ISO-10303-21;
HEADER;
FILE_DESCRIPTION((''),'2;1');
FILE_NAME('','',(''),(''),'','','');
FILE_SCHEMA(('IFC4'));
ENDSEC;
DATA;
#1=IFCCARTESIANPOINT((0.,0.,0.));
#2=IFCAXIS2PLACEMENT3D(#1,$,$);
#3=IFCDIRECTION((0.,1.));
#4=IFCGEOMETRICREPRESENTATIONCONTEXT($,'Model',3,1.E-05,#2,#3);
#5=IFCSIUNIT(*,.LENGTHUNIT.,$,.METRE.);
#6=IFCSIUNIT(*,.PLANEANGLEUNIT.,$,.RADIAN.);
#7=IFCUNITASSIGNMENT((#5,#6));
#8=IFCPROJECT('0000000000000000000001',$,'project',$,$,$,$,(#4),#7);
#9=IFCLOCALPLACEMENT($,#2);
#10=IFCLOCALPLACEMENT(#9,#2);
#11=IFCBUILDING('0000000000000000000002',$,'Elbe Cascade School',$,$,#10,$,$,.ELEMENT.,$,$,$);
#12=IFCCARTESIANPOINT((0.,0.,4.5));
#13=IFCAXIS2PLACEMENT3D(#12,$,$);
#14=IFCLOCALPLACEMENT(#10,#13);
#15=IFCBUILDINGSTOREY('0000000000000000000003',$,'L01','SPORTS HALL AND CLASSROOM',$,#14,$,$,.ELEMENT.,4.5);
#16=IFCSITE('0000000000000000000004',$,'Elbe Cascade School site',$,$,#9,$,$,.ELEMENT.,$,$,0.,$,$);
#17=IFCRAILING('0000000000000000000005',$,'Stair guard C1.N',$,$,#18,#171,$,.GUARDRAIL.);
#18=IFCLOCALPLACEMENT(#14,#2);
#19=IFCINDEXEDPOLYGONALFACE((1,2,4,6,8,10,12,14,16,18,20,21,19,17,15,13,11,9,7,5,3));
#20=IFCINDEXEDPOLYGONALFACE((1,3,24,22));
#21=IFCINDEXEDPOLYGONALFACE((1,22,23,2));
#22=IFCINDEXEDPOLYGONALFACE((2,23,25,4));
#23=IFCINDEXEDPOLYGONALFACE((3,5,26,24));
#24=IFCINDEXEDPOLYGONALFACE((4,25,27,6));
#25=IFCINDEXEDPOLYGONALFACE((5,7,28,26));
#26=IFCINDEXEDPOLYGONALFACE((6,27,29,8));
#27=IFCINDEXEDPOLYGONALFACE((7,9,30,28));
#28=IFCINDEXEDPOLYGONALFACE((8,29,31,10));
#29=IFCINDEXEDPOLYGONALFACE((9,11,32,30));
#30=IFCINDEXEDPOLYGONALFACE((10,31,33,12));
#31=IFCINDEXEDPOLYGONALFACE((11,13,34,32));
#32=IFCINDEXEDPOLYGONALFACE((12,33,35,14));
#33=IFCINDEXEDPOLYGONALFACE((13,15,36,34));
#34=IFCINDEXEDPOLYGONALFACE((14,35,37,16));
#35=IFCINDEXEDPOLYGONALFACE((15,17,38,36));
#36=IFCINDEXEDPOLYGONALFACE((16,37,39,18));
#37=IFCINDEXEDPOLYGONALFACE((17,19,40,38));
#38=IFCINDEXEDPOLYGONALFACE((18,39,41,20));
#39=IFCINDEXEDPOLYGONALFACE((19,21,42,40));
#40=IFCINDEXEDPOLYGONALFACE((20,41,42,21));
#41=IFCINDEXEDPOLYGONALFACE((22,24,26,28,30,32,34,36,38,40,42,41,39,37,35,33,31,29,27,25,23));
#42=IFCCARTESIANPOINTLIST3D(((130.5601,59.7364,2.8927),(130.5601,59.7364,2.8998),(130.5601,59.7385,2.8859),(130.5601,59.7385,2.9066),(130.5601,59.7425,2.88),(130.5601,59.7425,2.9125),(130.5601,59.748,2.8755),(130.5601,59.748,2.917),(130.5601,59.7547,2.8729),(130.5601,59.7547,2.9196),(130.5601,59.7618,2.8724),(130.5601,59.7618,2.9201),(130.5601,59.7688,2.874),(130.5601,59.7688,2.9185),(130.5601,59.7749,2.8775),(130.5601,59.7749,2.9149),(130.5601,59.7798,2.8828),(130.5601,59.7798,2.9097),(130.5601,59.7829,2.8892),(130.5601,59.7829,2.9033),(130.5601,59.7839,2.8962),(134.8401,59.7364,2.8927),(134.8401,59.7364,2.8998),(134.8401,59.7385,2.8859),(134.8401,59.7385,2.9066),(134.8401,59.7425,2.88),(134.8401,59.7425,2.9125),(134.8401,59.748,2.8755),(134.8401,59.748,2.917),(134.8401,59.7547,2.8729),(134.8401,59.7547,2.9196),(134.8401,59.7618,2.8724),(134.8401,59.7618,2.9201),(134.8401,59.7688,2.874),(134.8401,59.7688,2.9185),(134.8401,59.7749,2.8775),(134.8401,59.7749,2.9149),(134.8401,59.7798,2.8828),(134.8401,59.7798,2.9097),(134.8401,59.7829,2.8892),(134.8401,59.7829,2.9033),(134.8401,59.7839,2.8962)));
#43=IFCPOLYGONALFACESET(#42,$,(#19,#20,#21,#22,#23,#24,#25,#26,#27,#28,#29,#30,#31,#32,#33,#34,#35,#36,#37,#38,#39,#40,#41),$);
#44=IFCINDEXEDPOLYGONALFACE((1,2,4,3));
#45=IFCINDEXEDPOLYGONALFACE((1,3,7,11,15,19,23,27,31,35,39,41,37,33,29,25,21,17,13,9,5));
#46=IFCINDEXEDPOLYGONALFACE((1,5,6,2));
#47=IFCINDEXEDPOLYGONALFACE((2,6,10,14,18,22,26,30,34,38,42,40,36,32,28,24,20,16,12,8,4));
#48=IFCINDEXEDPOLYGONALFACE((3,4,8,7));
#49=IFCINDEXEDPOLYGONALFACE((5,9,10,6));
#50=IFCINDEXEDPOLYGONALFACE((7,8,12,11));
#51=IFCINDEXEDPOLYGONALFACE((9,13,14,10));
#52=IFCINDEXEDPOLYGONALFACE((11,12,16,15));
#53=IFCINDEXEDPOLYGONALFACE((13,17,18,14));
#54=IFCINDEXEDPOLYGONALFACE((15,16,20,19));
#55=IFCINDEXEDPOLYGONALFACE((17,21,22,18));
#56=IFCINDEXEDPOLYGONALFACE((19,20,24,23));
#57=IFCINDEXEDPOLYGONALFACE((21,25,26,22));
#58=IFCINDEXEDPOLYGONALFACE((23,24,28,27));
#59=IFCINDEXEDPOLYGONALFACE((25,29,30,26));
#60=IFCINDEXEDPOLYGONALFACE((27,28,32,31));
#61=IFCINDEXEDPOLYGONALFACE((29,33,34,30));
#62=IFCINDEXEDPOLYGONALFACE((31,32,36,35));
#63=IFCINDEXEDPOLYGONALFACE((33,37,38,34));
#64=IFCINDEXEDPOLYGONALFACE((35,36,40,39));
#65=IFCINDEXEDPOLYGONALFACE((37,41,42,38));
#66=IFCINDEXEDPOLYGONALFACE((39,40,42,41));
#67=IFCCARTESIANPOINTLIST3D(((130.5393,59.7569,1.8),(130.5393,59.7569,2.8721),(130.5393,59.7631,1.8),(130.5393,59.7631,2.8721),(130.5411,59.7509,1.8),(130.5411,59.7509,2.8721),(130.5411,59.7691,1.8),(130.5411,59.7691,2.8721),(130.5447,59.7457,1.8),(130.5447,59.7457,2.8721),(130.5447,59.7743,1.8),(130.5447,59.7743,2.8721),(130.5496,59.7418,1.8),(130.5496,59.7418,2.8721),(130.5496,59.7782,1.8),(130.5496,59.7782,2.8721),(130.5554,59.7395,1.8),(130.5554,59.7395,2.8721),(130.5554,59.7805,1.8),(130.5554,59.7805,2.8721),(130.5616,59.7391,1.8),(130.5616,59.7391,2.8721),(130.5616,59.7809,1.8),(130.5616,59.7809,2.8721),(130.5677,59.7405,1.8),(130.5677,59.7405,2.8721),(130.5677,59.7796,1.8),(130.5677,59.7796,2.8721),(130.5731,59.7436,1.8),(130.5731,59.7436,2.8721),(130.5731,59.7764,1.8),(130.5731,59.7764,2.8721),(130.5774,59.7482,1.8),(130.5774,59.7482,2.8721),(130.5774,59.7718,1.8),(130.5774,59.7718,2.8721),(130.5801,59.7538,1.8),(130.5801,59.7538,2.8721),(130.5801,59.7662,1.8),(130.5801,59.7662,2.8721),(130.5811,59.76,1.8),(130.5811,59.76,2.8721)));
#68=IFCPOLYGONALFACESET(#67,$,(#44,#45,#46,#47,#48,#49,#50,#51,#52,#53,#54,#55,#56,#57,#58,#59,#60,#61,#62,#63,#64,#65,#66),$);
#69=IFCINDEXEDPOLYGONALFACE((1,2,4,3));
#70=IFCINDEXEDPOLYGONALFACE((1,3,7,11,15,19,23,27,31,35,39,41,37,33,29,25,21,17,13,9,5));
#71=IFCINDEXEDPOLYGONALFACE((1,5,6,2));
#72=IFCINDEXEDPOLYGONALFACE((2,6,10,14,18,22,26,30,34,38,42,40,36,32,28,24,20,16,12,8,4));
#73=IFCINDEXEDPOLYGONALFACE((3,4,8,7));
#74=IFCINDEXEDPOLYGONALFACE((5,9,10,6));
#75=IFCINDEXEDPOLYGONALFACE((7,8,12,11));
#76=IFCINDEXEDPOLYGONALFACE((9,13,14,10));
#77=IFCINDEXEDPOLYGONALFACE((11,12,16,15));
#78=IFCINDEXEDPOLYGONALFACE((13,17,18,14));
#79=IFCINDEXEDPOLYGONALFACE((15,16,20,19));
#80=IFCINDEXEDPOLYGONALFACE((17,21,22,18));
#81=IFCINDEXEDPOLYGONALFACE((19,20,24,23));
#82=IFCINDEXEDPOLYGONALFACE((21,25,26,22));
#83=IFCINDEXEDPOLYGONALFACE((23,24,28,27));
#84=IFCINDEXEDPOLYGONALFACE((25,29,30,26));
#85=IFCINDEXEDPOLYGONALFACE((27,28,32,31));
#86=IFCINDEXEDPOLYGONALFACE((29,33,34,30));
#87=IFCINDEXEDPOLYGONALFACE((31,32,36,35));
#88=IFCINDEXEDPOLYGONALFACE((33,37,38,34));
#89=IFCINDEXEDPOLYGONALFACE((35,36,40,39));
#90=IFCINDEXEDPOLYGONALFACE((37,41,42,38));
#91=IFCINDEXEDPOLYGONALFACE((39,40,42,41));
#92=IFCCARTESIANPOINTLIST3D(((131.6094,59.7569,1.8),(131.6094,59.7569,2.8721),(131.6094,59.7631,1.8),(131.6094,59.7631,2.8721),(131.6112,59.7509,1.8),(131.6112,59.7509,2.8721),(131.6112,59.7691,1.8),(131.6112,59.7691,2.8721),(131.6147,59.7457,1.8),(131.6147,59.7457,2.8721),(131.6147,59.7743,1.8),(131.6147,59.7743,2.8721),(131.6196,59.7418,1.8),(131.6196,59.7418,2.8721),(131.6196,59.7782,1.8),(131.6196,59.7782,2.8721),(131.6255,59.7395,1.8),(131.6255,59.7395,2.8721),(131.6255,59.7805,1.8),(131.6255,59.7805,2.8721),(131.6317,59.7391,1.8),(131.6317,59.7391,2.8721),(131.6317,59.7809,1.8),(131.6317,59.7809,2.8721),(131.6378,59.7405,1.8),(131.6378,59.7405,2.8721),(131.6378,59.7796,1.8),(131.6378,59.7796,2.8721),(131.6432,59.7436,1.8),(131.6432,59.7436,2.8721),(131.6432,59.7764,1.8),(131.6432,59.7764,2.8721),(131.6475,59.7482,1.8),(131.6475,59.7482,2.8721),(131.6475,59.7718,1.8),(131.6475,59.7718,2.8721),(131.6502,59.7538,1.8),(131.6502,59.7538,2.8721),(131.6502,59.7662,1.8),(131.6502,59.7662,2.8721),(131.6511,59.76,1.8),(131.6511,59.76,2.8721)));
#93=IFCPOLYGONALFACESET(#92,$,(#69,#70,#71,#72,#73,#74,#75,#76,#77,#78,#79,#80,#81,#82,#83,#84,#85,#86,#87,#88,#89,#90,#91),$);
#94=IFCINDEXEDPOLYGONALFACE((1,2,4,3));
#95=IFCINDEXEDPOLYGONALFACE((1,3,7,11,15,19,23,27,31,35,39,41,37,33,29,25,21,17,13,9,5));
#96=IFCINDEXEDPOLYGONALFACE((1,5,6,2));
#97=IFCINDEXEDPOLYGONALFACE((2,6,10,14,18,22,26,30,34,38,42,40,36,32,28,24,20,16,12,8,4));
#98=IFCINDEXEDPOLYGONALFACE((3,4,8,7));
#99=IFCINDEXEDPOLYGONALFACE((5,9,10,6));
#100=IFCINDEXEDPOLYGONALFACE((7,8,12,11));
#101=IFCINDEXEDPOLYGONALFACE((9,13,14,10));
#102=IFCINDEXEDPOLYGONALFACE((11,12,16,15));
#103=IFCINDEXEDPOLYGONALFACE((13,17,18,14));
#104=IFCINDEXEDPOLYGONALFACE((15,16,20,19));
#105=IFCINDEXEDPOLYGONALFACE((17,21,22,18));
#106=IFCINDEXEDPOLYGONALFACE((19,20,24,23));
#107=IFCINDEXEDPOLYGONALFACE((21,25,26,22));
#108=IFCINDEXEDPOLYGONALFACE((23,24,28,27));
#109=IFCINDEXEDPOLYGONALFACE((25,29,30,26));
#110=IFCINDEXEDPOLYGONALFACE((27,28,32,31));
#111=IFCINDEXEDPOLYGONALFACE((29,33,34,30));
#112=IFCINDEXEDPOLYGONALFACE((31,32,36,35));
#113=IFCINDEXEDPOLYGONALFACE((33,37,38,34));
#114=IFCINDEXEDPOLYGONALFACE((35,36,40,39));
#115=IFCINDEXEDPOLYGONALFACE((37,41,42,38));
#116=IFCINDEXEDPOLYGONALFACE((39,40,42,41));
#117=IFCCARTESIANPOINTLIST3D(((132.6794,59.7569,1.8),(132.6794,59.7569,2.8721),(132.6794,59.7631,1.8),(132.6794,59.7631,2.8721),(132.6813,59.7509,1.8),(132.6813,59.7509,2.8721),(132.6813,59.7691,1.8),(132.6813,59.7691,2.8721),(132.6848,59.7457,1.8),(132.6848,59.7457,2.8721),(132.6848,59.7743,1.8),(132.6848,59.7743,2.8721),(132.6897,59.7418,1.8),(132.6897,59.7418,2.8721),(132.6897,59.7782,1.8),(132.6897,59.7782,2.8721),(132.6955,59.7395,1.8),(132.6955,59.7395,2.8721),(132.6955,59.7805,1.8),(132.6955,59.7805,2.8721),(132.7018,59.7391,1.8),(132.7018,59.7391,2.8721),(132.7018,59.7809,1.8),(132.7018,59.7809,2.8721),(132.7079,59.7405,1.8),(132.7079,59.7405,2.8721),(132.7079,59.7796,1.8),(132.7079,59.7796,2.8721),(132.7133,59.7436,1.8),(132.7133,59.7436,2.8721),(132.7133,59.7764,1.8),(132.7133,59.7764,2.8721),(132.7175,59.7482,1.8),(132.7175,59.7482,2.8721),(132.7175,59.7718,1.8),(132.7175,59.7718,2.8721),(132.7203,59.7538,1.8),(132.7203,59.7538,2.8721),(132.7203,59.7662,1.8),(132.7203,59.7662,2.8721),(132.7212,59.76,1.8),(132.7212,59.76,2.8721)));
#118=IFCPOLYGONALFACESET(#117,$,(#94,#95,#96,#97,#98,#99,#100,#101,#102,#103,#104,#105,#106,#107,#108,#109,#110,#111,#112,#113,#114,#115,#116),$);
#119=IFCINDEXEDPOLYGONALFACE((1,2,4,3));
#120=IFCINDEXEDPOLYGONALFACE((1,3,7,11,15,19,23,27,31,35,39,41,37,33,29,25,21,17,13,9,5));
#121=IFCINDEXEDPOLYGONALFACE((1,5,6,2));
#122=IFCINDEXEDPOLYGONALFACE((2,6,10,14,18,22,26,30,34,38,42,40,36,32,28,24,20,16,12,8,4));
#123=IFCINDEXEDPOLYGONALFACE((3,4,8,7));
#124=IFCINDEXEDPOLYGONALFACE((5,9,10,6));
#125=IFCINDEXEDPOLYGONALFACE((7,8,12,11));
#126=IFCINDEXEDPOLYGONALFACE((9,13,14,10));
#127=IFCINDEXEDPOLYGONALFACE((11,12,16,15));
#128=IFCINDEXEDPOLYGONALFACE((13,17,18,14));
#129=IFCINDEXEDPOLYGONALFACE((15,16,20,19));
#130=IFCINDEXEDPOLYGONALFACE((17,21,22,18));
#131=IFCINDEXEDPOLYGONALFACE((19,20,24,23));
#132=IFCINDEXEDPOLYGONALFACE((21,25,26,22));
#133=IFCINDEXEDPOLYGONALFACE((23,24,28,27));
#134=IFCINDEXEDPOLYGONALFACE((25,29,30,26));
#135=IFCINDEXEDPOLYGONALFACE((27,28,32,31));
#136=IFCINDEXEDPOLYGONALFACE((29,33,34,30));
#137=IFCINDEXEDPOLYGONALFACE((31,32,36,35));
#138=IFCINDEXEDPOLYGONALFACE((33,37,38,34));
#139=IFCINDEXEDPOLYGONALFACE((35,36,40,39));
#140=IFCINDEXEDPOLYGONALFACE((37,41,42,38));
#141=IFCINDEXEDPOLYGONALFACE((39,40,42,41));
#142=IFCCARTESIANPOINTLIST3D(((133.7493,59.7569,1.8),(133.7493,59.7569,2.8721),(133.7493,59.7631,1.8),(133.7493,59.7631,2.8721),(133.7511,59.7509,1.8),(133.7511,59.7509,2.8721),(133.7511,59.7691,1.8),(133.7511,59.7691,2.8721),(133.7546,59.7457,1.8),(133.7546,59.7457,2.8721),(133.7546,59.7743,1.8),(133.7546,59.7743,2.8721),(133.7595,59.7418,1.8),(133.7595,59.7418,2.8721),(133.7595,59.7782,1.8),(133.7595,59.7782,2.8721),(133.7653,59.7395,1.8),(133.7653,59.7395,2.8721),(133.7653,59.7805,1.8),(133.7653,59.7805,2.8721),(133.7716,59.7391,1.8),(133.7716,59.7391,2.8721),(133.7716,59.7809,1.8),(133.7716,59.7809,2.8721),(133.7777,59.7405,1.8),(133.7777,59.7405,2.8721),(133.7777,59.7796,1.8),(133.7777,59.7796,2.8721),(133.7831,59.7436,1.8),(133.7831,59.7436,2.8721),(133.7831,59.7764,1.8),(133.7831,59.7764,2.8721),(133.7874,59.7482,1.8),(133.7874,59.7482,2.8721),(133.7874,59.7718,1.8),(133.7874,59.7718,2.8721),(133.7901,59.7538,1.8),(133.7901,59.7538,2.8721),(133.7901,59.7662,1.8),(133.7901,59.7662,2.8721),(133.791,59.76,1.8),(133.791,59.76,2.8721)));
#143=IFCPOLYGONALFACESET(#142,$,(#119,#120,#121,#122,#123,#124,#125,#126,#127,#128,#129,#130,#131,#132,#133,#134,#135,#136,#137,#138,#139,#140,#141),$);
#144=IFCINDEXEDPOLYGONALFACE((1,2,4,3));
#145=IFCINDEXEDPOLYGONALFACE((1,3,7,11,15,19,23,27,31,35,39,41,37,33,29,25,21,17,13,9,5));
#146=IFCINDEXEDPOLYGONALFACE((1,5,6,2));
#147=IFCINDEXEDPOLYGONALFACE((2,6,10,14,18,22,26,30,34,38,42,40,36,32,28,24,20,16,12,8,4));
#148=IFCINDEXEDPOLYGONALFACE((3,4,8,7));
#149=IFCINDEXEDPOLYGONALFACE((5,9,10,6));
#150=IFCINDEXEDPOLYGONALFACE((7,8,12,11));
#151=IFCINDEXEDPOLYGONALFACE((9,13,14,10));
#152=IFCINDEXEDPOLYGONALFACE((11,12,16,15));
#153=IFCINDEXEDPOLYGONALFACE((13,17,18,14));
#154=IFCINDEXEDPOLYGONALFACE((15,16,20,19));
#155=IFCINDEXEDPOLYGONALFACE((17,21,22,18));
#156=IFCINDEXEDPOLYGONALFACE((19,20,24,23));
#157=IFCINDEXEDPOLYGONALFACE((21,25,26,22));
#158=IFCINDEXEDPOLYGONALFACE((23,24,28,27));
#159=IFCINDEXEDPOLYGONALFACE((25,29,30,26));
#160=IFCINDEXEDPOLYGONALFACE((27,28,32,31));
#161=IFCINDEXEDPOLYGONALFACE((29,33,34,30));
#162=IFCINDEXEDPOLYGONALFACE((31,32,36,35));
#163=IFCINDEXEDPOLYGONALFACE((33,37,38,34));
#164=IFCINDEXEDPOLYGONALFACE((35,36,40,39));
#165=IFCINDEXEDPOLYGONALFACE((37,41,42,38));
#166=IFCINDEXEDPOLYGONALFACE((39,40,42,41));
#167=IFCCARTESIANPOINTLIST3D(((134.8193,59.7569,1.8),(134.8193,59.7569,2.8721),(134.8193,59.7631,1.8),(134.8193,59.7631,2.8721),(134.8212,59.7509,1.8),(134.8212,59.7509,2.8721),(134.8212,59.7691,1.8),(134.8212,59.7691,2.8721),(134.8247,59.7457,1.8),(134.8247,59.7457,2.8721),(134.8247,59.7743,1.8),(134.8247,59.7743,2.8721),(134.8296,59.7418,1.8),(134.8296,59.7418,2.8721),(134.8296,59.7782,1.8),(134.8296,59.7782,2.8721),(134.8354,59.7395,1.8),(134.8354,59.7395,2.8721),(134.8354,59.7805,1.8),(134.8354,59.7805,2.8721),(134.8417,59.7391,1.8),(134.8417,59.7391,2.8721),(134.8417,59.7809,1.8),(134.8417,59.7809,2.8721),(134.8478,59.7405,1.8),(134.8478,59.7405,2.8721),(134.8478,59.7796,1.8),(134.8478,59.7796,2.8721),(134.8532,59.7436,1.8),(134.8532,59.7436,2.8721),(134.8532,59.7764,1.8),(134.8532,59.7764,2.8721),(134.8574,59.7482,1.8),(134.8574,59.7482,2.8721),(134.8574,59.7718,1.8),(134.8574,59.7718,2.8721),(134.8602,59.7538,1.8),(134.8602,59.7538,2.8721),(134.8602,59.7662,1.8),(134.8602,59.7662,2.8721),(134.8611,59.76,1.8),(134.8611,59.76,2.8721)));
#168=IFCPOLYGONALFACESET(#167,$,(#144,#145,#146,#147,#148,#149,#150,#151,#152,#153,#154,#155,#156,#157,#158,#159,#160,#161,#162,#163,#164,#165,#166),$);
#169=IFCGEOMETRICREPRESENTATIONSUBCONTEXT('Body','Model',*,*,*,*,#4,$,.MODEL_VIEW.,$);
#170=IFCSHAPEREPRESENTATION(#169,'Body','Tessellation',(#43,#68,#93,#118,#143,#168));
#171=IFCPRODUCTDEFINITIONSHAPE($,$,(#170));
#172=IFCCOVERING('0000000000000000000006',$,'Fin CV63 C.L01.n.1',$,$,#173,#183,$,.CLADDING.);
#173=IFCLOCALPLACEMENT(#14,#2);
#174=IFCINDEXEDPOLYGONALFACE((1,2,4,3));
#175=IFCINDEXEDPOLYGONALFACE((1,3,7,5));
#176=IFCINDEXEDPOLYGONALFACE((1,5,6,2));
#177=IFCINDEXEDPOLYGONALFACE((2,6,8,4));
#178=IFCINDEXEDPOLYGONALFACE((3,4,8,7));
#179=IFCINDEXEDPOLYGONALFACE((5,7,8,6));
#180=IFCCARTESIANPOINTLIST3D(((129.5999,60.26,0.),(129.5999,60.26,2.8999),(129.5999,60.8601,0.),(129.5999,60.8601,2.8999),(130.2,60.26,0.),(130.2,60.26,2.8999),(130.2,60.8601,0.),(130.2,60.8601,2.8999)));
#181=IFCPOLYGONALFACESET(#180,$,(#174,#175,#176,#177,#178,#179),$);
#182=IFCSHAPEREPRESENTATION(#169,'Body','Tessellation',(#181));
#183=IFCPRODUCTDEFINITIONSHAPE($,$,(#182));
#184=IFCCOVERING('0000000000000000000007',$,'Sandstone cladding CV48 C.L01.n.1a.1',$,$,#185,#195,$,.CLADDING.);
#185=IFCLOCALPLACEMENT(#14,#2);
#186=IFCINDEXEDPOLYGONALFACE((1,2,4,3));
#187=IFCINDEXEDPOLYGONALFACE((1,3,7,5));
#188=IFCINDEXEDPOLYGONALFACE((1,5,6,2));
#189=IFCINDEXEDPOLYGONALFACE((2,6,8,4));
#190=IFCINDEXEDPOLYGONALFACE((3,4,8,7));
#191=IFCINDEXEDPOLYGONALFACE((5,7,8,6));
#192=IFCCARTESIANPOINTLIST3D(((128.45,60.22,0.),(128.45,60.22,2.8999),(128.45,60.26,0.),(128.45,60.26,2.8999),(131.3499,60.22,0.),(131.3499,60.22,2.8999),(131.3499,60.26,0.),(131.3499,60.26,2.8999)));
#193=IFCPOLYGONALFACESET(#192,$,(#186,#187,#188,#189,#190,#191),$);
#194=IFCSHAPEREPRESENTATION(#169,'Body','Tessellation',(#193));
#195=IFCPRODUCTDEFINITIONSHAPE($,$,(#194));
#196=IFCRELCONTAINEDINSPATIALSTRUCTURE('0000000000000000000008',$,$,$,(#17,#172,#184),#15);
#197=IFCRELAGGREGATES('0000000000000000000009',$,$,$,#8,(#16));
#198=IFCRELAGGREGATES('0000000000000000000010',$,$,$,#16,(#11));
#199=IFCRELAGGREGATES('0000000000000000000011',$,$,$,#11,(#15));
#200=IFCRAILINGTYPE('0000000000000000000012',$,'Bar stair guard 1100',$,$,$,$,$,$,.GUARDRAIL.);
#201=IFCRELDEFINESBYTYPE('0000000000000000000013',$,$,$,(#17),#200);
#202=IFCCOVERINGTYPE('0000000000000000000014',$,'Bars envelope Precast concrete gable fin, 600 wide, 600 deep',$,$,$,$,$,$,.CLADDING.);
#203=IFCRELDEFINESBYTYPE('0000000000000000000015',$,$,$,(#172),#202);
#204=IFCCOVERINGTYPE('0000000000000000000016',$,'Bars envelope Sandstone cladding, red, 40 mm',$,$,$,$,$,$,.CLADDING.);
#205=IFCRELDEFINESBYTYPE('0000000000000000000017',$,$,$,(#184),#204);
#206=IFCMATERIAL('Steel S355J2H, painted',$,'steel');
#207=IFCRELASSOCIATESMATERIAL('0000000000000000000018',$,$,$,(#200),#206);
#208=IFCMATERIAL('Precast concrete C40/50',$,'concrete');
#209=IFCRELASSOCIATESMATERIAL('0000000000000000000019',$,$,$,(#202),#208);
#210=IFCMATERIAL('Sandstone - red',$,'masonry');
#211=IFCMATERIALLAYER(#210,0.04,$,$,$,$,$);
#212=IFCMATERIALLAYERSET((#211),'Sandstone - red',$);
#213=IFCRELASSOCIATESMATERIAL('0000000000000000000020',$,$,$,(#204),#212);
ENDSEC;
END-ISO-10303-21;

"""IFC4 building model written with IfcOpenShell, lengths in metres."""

from ifc_helpers import new_model, si_unit, direction, frame, origin, origin_2d, place, context, subcontext, project, spatial, rectangle, circle, extrude, material, layer, layer_set, type_object, element, save


model = new_model("IFC4")

# Units and contexts
model_context = context("Model", 3, precision=1e-05, world=origin(), true_north=direction((0.0, 1.0)))
body_context = subcontext(model_context, "Body", "Model", "MODEL_VIEW")
ifc_project = project(units=[si_unit("LENGTHUNIT", "METRE"), si_unit("PLANEANGLEUNIT", "RADIAN")], contexts=[model_context])

# Site, building, storey
site_placement = place(None, origin())
site = spatial("IfcSite", under=ifc_project, at=site_placement, Name="Elbe Cascade School site", CompositionType="ELEMENT", RefElevation=0.0)
building_placement = place(site_placement, origin())
building = spatial("IfcBuilding", under=site, at=building_placement, Name="Elbe Cascade School", CompositionType="ELEMENT")
storey_placement = place(building_placement, frame((0.0, 0.0, 4.5)))
storey = spatial("IfcBuildingStorey", under=building, at=storey_placement, Name="L01", Description="SPORTS HALL AND CLASSROOM", CompositionType="ELEMENT", Elevation=4.5)

# Railing
ifc_material_1 = material(Name="Steel S355J2H, painted", Category="steel")
railing_type = type_object("IfcRailingType", Name="Bar stair guard 1100", PredefinedType="GUARDRAIL", material=ifc_material_1)
railing_placement = place(storey_placement, frame((130.5601, 59.76, 1.8)))
element("IfcRailing", 1, at=railing_placement, inside=storey, type_object=railing_type, Name="Stair guard C1.N", PredefinedType="GUARDRAIL", context=body_context, shape_type="SweptSolid", body=[
    extrude(circle(Radius=0.0239, at=origin_2d()), frame((0.0, 0.0, 1.0962), z_axis=(1.0, 0.0, 0.0), x_axis=(0.0, 1.0, 0.0)), (0.0, 0.0, 1.0), 4.28),
    extrude(circle(Radius=0.021, at=origin_2d()), origin(), (0.0, 0.0, 1.0), 1.072),
    extrude(circle(Radius=0.021, at=origin_2d()), frame((1.0701, 0.0, 0.0)), (0.0, 0.0, 1.0), 1.072),
    extrude(circle(Radius=0.021, at=origin_2d()), frame((2.1401, 0.0, 0.0)), (0.0, 0.0, 1.0), 1.072),
    extrude(circle(Radius=0.021, at=origin_2d()), frame((3.21, 0.0, 0.0)), (0.0, 0.0, 1.0), 1.072),
    extrude(circle(Radius=0.021, at=origin_2d()), frame((4.28, 0.0, 0.0)), (0.0, 0.0, 1.0), 1.072),
])

# Coverings
ifc_material_2 = material(Name="Precast concrete C40/50", Category="concrete")
covering_type_1 = type_object("IfcCoveringType", Name="Bars envelope Precast concrete gable fin, 600 wide, 600 deep", PredefinedType="CLADDING", material=ifc_material_2)
covering_1_placement = place(storey_placement, frame((129.8999, 60.5601, 0.0), z_axis=(0.0, 0.0, 1.0), x_axis=(1.0, 0.0, 0.0)))
element("IfcCovering", 2, at=covering_1_placement, inside=storey, type_object=covering_type_1, Name="Fin CV63 C.L01.n.1", PredefinedType="CLADDING", context=body_context, shape_type="SweptSolid", body=[
    extrude(rectangle(XDim=0.6001, YDim=0.6001, at=origin_2d()), origin(), (0.0, 0.0, 1.0), 2.8999),
])
ifc_material_3 = material(Name="Sandstone - red", Category="masonry")
ifc_layer_1 = layer(ifc_material_3, 0.04)
ifc_layer_set_1 = layer_set([ifc_layer_1], Name="Sandstone - red")
covering_type_2 = type_object("IfcCoveringType", Name="Bars envelope Sandstone cladding, red, 40 mm", PredefinedType="CLADDING", material=ifc_layer_set_1)
covering_2_placement = place(storey_placement, frame((129.8999, 60.24, 0.0), z_axis=(0.0, 0.0, 1.0), x_axis=(1.0, 0.0, 0.0)))
element("IfcCovering", 3, at=covering_2_placement, inside=storey, type_object=covering_type_2, Name="Sandstone cladding CV48 C.L01.n.1a.1", PredefinedType="CLADDING", context=body_context, shape_type="SweptSolid", body=[
    extrude(rectangle(XDim=2.8999, YDim=0.04, at=origin_2d()), origin(), (0.0, 0.0, 1.0), 2.8999),
])

save(model, "model.ifc")
